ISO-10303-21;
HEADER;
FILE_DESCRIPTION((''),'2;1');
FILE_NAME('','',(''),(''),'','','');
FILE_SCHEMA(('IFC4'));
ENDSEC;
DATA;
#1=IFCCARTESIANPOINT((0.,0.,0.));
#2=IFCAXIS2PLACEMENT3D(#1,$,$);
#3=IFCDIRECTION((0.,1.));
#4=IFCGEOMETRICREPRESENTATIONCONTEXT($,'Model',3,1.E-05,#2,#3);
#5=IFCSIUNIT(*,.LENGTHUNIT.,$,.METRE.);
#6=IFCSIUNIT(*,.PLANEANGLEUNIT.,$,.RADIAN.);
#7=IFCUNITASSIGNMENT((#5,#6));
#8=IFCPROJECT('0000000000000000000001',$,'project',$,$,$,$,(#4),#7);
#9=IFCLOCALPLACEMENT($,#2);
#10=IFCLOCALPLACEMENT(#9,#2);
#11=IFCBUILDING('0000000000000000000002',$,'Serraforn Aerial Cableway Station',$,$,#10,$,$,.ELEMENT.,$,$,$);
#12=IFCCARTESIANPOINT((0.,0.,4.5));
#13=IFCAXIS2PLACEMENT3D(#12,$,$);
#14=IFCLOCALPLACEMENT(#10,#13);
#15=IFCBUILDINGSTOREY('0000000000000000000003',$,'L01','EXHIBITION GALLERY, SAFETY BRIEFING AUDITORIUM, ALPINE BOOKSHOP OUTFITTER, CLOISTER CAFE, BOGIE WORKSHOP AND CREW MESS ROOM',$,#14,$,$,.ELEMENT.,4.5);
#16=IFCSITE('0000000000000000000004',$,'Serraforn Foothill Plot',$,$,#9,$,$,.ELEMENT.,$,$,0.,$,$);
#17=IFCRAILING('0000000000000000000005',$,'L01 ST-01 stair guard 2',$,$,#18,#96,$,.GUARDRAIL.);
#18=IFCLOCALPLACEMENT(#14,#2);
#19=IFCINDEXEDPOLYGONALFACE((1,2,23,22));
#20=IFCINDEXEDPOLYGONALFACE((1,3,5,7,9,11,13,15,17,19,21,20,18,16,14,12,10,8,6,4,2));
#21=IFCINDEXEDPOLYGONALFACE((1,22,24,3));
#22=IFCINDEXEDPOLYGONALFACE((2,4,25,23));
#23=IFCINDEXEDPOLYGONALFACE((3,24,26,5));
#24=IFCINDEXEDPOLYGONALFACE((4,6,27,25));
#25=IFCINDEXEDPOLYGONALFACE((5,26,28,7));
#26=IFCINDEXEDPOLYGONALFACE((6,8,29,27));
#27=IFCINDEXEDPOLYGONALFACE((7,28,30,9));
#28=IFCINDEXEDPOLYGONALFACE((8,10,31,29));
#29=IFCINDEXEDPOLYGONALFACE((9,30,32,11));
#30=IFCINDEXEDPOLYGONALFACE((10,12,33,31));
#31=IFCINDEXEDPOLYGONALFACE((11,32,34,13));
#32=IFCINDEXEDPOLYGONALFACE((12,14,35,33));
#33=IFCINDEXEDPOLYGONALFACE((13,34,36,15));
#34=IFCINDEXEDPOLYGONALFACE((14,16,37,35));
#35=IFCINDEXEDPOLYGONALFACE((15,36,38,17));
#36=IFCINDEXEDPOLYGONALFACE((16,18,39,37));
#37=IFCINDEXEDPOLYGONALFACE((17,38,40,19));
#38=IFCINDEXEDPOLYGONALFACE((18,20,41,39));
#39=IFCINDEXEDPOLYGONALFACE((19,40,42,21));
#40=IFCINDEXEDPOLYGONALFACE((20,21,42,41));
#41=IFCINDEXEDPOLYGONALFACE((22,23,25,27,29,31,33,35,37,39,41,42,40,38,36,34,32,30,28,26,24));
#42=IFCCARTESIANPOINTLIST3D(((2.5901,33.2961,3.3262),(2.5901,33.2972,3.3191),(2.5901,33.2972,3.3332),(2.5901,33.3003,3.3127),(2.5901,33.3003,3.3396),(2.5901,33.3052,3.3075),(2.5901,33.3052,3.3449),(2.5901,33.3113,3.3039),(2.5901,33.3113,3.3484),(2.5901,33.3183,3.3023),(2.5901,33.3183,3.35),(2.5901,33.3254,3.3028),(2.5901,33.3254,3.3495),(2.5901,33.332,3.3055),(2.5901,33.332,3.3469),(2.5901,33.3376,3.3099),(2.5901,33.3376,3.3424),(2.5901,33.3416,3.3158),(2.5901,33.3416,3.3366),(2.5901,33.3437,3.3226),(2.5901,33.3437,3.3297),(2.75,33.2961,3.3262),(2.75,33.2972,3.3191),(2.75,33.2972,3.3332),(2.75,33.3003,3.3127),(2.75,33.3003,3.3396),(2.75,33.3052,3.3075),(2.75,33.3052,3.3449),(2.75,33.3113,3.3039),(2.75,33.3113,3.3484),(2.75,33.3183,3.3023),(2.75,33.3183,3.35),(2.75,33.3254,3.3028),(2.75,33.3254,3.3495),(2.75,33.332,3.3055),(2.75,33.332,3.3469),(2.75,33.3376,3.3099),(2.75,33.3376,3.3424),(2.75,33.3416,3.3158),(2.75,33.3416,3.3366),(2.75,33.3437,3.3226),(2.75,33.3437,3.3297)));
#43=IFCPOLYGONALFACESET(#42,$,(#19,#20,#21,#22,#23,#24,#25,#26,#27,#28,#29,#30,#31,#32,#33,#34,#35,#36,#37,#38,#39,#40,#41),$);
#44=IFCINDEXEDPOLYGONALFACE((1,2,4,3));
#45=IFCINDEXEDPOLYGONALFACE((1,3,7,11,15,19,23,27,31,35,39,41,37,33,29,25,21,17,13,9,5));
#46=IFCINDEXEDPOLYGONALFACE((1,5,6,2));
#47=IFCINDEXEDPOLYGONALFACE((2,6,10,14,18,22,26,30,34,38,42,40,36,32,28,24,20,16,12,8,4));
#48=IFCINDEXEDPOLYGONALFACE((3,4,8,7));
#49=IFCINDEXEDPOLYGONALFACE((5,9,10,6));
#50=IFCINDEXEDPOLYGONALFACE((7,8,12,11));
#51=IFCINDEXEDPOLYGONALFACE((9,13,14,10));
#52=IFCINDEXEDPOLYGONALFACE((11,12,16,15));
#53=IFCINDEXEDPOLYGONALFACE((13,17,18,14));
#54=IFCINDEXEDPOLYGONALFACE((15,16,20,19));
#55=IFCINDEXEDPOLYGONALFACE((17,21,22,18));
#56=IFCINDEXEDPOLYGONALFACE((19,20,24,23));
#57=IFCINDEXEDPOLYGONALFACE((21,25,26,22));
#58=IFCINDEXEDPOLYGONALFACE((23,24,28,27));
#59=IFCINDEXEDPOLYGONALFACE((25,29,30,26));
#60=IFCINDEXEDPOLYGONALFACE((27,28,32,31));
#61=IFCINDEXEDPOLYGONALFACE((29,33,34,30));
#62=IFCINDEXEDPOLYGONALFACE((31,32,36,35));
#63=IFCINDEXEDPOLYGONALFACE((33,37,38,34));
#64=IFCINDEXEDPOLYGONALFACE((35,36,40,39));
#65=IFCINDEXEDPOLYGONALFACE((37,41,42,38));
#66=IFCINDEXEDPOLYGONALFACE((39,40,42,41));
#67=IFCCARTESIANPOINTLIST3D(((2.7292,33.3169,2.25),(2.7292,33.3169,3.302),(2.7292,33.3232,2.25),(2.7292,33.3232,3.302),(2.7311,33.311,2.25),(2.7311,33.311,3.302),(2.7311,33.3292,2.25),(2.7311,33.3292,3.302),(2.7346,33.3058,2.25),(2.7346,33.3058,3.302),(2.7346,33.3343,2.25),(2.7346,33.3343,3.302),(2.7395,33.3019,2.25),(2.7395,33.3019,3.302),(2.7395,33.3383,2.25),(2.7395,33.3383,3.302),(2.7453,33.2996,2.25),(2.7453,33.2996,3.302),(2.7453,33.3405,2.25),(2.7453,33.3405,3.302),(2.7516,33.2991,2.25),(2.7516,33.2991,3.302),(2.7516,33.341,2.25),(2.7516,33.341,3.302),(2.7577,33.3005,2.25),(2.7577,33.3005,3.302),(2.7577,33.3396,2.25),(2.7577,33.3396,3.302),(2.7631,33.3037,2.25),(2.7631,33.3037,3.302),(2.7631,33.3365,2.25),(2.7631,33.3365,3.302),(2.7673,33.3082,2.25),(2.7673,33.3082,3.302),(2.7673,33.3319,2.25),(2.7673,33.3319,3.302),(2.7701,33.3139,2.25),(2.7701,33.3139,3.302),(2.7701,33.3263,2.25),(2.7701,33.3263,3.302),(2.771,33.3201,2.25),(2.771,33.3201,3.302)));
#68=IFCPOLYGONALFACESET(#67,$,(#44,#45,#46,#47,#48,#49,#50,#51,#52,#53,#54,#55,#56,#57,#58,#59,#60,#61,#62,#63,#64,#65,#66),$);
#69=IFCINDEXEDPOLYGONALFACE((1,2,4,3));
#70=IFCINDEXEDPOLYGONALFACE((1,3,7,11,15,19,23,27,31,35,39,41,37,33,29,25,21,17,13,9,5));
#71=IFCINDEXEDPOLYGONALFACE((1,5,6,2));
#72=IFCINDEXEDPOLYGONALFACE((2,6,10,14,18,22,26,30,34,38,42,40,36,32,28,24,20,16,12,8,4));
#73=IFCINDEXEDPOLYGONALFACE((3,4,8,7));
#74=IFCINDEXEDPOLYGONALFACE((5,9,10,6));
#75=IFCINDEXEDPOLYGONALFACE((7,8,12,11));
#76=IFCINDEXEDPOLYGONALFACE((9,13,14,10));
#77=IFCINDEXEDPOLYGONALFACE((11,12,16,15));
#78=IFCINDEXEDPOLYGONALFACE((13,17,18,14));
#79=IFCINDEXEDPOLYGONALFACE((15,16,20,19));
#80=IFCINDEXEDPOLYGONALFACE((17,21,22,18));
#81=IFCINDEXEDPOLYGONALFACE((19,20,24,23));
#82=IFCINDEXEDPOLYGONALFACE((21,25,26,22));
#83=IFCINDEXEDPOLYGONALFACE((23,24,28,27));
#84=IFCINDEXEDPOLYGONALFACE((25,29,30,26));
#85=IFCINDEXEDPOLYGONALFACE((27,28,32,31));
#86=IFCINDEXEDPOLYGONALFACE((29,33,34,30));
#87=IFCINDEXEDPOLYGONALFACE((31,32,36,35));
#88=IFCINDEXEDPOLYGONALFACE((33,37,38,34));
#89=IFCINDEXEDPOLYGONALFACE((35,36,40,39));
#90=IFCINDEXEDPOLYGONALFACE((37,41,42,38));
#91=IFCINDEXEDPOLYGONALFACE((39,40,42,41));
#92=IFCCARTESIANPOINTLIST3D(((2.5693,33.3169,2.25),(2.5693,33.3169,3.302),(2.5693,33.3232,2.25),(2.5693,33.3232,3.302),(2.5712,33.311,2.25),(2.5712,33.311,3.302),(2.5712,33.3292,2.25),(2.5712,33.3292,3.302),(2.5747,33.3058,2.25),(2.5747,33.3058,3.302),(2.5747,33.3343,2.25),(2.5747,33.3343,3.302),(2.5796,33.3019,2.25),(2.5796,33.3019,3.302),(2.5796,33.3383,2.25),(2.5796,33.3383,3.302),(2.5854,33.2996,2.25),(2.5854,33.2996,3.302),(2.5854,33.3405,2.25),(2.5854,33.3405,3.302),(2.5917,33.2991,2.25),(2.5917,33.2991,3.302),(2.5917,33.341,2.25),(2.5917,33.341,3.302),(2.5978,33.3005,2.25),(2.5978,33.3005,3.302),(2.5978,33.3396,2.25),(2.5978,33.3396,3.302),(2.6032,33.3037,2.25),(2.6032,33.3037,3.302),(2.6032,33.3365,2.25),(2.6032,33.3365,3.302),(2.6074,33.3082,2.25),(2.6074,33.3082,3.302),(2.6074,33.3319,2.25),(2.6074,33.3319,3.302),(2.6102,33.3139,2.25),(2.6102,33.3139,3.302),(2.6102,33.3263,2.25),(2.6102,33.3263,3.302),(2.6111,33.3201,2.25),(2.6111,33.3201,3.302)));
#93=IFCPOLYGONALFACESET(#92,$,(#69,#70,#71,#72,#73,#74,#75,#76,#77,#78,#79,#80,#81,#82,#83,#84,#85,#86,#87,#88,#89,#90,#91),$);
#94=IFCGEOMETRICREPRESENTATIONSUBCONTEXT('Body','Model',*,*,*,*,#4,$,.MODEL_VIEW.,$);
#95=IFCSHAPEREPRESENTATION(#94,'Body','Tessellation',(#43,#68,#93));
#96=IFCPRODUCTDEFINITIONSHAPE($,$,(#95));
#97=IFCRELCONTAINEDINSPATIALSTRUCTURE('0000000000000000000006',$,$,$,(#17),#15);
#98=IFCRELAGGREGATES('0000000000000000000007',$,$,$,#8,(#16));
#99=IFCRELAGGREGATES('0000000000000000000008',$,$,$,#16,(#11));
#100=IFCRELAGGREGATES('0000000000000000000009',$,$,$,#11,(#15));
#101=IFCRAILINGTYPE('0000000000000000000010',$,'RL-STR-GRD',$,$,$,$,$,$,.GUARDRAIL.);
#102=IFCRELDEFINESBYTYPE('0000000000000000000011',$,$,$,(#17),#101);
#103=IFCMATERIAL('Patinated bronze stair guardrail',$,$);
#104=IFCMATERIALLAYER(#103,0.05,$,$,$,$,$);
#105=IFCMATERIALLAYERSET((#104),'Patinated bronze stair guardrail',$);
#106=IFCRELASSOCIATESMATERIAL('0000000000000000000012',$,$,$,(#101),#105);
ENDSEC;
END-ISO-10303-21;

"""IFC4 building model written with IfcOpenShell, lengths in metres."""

from ifc_helpers import new_model, si_unit, direction, frame, origin, origin_2d, place, context, subcontext, project, spatial, circle, extrude, material, layer, layer_set, type_object, element, save


model = new_model("IFC4")

# Units and contexts
model_context = context("Model", 3, precision=1e-05, world=origin(), true_north=direction((0.0, 1.0)))
body_context = subcontext(model_context, "Body", "Model", "MODEL_VIEW")
ifc_project = project(units=[si_unit("LENGTHUNIT", "METRE"), si_unit("PLANEANGLEUNIT", "RADIAN")], contexts=[model_context])

# Site, building, storey
site_placement = place(None, origin())
site = spatial("IfcSite", under=ifc_project, at=site_placement, Name="Serraforn Foothill Plot", CompositionType="ELEMENT", RefElevation=0.0)
building_placement = place(site_placement, origin())
building = spatial("IfcBuilding", under=site, at=building_placement, Name="Serraforn Aerial Cableway Station", CompositionType="ELEMENT")
storey_placement = place(building_placement, frame((0.0, 0.0, 4.5)))
storey = spatial("IfcBuildingStorey", under=building, at=storey_placement, Name="L01", Description="EXHIBITION GALLERY, SAFETY BRIEFING AUDITORIUM, ALPINE BOOKSHOP OUTFITTER, CLOISTER CAFE, BOGIE WORKSHOP AND CREW MESS ROOM", CompositionType="ELEMENT", Elevation=4.5)

# Railing
ifc_material_1 = material(Name="Patinated bronze stair guardrail")
ifc_layer_1 = layer(ifc_material_1, 0.05)
ifc_layer_set_1 = layer_set([ifc_layer_1], Name="Patinated bronze stair guardrail")
railing_type_1 = type_object("IfcRailingType", Name="RL-STR-GRD", PredefinedType="GUARDRAIL", material=ifc_layer_set_1)
railing_1_placement = place(storey_placement, frame((2.75, 33.3201, 2.25)))
element("IfcRailing", 1, at=railing_1_placement, inside=storey, type_object=railing_type_1, Name="L01 ST-01 stair guard 2", PredefinedType="GUARDRAIL", context=body_context, shape_type="SweptSolid", body=[
    extrude(circle(Radius=0.0239, at=origin_2d()), frame((0.0, 0.0, 1.0762), z_axis=(-1.0, 0.0, 0.0), x_axis=(0.0, -1.0, 0.0)), (0.0, 0.0, 1.0), 0.1599),
    extrude(circle(Radius=0.021, at=origin_2d()), origin(), (0.0, 0.0, 1.0), 1.052),
    extrude(circle(Radius=0.021, at=origin_2d()), frame((-0.1599, 0.0, 0.0)), (0.0, 0.0, 1.0), 1.052),
])

save(model, "model.ifc")
